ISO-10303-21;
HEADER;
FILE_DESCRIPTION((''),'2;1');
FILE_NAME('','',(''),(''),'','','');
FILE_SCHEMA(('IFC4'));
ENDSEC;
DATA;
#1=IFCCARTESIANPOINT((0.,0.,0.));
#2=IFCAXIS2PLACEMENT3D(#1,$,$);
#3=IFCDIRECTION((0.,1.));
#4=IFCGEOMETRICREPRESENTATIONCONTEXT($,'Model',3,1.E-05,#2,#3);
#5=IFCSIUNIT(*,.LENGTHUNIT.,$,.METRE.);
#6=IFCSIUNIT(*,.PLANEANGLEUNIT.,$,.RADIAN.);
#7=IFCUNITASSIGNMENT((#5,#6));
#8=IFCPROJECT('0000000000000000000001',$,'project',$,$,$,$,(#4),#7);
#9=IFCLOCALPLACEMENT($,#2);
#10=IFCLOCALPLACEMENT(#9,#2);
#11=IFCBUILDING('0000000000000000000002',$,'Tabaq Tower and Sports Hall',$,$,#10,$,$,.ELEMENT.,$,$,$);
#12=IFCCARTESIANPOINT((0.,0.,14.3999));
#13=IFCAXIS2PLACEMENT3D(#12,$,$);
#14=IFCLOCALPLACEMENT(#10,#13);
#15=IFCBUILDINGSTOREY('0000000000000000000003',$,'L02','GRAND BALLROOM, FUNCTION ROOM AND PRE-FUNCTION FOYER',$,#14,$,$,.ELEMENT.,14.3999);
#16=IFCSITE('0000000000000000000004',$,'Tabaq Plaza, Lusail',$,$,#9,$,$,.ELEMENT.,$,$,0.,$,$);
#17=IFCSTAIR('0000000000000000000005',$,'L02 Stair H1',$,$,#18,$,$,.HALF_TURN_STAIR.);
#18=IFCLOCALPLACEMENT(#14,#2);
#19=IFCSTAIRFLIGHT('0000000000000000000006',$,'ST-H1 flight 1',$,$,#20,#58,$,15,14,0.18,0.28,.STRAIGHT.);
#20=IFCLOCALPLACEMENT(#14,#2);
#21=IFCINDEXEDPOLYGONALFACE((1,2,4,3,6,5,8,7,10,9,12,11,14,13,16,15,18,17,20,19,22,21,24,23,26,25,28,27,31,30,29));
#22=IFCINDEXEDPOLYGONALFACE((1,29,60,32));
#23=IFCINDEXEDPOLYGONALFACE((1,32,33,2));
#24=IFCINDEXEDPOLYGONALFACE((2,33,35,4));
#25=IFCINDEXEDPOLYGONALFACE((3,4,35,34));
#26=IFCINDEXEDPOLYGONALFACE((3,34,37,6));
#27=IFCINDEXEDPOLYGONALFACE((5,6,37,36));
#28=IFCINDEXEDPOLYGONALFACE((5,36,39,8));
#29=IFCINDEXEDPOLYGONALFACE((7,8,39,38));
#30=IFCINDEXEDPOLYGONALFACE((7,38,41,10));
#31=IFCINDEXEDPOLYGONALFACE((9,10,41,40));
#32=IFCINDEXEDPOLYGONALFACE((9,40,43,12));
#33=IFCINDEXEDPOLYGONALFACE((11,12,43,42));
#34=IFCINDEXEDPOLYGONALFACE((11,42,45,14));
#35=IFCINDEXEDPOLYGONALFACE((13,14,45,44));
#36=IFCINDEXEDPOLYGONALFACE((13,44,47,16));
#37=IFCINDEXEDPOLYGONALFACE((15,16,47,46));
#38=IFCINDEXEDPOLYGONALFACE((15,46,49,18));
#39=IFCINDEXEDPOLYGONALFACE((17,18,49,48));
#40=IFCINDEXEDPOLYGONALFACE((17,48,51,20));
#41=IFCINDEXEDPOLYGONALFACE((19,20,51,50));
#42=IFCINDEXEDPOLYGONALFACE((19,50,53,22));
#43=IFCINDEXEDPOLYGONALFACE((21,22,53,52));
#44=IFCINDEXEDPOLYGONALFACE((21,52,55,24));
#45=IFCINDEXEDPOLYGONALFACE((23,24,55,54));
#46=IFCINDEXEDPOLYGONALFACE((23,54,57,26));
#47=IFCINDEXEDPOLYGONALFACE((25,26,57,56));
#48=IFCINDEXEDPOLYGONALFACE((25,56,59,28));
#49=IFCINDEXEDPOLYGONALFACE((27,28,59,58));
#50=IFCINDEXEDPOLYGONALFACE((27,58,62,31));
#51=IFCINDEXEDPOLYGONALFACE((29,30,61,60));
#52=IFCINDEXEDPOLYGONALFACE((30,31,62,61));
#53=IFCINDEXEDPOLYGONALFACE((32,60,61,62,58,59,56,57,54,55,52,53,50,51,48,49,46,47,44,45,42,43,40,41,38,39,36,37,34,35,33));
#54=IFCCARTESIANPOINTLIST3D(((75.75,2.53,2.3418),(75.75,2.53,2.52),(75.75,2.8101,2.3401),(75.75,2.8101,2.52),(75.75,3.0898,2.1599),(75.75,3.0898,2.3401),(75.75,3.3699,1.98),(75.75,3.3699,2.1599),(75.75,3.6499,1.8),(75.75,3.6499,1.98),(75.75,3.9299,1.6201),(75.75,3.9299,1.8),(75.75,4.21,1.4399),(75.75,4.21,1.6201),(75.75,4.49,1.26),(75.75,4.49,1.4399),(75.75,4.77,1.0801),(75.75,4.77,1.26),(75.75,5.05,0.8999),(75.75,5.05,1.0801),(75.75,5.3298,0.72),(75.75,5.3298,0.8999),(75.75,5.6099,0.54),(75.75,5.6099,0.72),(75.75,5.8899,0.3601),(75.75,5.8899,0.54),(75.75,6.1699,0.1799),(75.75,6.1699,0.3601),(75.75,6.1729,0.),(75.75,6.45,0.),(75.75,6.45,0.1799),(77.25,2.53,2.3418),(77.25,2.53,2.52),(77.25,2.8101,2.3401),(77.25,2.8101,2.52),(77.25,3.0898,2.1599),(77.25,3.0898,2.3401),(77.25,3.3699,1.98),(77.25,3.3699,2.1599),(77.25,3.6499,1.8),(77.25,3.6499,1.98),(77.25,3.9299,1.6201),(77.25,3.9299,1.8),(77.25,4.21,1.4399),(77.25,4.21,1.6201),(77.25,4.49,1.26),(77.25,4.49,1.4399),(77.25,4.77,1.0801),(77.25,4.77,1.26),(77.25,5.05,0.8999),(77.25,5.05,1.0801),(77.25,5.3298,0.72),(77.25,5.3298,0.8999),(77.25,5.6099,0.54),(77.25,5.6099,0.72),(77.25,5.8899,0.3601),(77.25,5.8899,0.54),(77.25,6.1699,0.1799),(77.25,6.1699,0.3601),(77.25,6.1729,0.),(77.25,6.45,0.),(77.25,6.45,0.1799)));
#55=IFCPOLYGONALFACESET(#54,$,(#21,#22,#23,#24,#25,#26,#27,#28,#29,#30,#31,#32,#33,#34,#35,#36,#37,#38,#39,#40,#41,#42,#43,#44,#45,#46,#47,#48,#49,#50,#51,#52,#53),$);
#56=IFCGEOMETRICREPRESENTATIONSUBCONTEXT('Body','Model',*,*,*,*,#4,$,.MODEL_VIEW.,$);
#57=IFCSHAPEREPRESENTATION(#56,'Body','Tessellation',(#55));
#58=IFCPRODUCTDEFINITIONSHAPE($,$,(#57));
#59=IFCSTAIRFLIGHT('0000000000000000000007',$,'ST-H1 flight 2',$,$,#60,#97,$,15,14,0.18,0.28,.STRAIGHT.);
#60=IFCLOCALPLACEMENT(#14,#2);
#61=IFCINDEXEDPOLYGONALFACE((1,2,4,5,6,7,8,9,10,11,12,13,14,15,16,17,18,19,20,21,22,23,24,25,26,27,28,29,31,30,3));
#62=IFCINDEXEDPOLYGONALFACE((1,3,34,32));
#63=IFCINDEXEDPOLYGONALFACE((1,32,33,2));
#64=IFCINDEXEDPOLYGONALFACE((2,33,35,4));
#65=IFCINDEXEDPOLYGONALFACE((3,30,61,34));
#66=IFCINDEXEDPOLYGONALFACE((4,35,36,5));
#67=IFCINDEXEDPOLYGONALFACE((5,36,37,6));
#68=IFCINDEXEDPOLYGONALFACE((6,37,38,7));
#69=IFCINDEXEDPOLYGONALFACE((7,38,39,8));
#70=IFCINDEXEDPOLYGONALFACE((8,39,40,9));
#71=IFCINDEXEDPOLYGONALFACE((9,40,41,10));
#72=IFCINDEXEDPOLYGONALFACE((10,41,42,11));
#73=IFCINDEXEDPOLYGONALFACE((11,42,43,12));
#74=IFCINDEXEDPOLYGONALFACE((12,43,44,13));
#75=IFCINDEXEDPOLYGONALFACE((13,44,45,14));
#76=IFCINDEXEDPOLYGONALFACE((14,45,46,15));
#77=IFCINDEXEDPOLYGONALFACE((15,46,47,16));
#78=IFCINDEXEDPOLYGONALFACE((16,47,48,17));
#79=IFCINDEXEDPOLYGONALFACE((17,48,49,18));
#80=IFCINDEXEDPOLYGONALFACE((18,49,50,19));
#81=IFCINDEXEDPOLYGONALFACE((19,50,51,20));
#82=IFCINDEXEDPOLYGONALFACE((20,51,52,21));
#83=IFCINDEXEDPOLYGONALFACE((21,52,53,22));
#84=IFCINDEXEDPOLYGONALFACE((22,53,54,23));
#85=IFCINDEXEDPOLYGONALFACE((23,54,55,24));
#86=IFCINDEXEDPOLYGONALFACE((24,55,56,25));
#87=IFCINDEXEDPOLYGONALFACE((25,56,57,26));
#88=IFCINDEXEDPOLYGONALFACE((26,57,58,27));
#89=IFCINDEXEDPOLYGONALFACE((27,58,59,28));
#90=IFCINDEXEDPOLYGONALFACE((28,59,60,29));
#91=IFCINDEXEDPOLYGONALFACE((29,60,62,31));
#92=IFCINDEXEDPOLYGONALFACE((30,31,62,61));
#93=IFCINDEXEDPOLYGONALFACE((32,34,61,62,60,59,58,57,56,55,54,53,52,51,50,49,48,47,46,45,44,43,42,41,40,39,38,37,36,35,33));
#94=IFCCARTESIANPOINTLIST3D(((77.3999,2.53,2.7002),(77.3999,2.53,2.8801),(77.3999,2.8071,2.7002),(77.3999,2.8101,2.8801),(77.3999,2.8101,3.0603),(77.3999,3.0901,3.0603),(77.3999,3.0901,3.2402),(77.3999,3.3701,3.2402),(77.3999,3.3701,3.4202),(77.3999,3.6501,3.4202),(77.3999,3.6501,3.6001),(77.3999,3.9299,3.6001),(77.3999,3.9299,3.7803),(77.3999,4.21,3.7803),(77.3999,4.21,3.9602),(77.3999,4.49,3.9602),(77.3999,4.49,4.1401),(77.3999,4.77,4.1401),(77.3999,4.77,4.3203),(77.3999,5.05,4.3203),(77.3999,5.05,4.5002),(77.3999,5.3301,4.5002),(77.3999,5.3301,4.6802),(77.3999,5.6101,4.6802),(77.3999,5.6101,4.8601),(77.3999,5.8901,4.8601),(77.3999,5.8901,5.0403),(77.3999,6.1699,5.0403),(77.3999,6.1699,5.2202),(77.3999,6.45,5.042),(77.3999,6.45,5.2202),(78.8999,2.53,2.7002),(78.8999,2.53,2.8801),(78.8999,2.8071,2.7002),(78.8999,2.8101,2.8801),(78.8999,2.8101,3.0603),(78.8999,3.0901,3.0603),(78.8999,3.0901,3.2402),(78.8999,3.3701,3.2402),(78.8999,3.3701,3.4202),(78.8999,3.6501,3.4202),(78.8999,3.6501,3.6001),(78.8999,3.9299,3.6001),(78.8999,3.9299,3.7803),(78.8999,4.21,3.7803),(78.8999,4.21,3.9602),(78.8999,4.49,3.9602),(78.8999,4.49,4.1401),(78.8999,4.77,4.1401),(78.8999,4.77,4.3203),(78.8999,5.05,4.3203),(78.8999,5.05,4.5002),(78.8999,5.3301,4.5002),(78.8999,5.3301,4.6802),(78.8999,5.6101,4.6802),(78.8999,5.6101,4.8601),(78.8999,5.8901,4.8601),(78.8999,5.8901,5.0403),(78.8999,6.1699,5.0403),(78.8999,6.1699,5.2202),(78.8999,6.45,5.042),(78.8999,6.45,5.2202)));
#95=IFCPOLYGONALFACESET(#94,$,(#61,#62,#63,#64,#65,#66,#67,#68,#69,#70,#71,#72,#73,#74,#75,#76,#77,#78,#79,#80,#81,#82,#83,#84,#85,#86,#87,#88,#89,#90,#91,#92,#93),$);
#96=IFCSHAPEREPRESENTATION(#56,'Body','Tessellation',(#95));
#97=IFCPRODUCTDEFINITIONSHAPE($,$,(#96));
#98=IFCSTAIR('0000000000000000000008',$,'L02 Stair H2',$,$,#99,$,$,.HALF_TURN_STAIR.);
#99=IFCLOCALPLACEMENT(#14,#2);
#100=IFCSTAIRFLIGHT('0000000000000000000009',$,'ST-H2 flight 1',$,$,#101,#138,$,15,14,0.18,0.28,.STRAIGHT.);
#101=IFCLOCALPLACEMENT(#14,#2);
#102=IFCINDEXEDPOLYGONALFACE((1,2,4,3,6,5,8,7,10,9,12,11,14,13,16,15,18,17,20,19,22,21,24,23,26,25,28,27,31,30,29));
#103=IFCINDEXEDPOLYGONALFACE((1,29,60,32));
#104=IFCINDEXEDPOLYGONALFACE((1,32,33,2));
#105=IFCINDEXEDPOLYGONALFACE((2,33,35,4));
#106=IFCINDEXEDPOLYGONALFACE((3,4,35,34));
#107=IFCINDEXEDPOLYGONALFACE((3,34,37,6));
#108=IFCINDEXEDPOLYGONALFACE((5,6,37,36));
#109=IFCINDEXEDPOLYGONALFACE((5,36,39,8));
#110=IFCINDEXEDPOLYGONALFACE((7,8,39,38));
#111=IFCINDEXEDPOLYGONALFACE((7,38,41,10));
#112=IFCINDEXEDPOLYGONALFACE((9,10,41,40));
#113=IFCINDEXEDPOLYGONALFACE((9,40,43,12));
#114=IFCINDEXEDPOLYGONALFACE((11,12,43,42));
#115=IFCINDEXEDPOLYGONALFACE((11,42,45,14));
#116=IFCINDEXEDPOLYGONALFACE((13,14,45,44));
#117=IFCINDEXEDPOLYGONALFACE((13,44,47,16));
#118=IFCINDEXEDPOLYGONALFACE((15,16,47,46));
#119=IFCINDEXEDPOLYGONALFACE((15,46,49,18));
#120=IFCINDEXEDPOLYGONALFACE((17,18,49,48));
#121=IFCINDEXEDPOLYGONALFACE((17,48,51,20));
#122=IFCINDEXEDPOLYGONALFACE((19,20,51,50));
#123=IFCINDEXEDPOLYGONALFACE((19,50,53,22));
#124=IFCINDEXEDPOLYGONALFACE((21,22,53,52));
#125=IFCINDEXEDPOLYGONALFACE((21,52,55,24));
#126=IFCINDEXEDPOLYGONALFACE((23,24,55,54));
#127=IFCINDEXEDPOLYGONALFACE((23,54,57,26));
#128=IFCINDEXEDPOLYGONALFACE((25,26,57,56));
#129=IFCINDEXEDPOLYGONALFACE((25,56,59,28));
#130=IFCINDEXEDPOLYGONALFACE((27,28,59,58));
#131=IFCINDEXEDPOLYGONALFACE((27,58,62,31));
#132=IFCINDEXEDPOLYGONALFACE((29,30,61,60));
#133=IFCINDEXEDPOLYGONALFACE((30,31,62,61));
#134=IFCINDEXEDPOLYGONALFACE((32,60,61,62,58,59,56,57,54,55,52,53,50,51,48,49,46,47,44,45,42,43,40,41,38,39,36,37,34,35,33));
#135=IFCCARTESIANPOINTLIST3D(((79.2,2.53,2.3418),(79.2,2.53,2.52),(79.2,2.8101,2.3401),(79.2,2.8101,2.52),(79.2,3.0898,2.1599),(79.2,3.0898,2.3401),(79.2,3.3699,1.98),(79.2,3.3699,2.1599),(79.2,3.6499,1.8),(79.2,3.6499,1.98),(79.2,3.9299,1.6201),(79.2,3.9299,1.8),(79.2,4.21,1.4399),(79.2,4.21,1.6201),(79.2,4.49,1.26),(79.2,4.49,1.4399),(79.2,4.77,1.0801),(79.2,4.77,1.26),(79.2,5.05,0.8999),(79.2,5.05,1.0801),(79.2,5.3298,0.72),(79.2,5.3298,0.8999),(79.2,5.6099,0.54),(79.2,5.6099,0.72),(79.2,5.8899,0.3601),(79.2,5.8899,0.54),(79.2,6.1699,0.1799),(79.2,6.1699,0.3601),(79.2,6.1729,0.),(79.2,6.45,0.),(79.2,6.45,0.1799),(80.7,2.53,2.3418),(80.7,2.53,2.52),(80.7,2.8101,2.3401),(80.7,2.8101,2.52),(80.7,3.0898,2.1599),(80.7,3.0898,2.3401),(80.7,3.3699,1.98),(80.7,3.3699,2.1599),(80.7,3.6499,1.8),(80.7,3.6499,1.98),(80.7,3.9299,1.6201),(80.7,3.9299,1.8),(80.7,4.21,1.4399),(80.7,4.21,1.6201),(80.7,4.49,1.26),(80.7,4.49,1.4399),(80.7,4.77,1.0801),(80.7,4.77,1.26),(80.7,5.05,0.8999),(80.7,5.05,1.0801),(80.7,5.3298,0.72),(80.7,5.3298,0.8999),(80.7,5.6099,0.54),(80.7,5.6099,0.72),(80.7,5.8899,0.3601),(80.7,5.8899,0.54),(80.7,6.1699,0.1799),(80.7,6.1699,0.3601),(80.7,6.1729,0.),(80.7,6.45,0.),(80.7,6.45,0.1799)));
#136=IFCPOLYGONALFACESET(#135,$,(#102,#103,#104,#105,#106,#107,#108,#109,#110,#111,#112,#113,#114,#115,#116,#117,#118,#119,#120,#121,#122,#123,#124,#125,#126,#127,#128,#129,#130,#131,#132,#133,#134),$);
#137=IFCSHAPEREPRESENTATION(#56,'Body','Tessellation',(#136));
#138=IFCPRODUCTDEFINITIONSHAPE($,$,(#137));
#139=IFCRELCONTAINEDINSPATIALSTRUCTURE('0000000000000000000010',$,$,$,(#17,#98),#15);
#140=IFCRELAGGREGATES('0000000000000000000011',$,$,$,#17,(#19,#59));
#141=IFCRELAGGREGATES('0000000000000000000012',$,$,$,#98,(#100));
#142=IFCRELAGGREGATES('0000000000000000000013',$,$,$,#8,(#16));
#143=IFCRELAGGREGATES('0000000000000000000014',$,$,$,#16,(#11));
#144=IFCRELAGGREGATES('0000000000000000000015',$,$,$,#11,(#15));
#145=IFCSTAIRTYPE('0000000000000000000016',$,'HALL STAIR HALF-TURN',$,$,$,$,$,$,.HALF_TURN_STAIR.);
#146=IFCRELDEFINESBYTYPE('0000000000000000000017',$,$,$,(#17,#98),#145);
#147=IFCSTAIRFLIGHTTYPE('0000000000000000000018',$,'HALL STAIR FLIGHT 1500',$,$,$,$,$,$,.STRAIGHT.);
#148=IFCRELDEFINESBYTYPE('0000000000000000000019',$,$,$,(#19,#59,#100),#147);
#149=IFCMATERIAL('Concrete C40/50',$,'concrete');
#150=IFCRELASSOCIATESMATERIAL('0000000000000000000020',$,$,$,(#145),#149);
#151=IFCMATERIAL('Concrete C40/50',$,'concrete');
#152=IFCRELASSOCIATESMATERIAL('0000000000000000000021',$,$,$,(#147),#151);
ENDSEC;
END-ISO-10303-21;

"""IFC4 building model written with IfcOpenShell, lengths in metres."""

from ifc_helpers import new_model, si_unit, direction, frame, origin, place, context, subcontext, project, spatial, polyline, outline, extrude, material, type_object, element, aggregate, save


model = new_model("IFC4")

# Units and contexts
model_context = context("Model", 3, precision=1e-05, world=origin(), true_north=direction((0.0, 1.0)))
body_context = subcontext(model_context, "Body", "Model", "MODEL_VIEW")
ifc_project = project(units=[si_unit("LENGTHUNIT", "METRE"), si_unit("PLANEANGLEUNIT", "RADIAN")], contexts=[model_context])

# Site, building, storey
site_placement = place(None, origin())
site = spatial("IfcSite", under=ifc_project, at=site_placement, Name="Tabaq Plaza, Lusail", CompositionType="ELEMENT", RefElevation=0.0)
building_placement = place(site_placement, origin())
building = spatial("IfcBuilding", under=site, at=building_placement, Name="Tabaq Tower and Sports Hall", CompositionType="ELEMENT")
storey_placement = place(building_placement, frame((0.0, 0.0, 14.3999)))
storey = spatial("IfcBuildingStorey", under=building, at=storey_placement, Name="L02", Description="GRAND BALLROOM, FUNCTION ROOM AND PRE-FUNCTION FOYER", CompositionType="ELEMENT", Elevation=14.3999)

# Stair, stair flights
ifc_material_1 = material(Name="Concrete C40/50", Category="concrete")
stair_type = type_object("IfcStairType", Name="HALL STAIR HALF-TURN", PredefinedType="HALF_TURN_STAIR", material=ifc_material_1)
stair_1_placement = place(storey_placement, origin())
stair_1 = element("IfcStair", 1, at=stair_1_placement, inside=storey, type_object=stair_type, Name="L02 Stair H1", PredefinedType="HALF_TURN_STAIR")
ifc_material_2 = material(Name="Concrete C40/50", Category="concrete")
stair_flight_type = type_object("IfcStairFlightType", Name="HALL STAIR FLIGHT 1500", PredefinedType="STRAIGHT", material=ifc_material_2)
stair_flight_1_placement = place(storey_placement, frame((76.5, 6.45, 0.0), z_axis=(0.0, 0.0, 1.0), x_axis=(0.0, -1.0, 0.0)))
stair_flight_1 = element("IfcStairFlight", 2, at=stair_flight_1_placement, type_object=stair_flight_type, Name="ST-H1 flight 1", NumberOfRisers=15, NumberOfTreads=14, PredefinedType="STRAIGHT", RiserHeight=0.18, TreadLength=0.28, context=body_context, shape_type="SweptSolid", body=[
    extrude(outline(polyline([(0.0, 0.0), (0.0, 0.1799), (0.28, 0.1799), (0.28, 0.3601), (0.5601, 0.3601), (0.5601, 0.54), (0.8401, 0.54), (0.8401, 0.72), (1.1201, 0.72), (1.1201, 0.8999), (1.3999, 0.8999), (1.3999, 1.0801), (1.6799, 1.0801), (1.6799, 1.26), (1.96, 1.26), (1.96, 1.4399), (2.24, 1.4399), (2.24, 1.6201), (2.52, 1.6201), (2.52, 1.8), (2.8, 1.8), (2.8, 1.98), (3.0801, 1.98), (3.0801, 2.1599), (3.3601, 2.1599), (3.3601, 2.3401), (3.6399, 2.3401), (3.6399, 2.52), (3.9199, 2.52), (3.9199, 2.7), (3.9199, 2.3418), (0.2771, 0.0), (0.0, 0.0)])), frame((0.0, 0.75, 0.0), z_axis=(0.0, -1.0, 0.0), x_axis=(1.0, 0.0, 0.0)), (0.0, 0.0, 1.0), 1.5),
])
stair_flight_2_placement = place(storey_placement, frame((78.1499, 2.53, 2.7002), z_axis=(0.0, 0.0, 1.0), x_axis=(0.0, 1.0, 0.0)))
stair_flight_2 = element("IfcStairFlight", 3, at=stair_flight_2_placement, type_object=stair_flight_type, Name="ST-H1 flight 2", NumberOfRisers=15, NumberOfTreads=14, PredefinedType="STRAIGHT", RiserHeight=0.18, TreadLength=0.28, context=body_context, shape_type="SweptSolid", body=[
    extrude(outline(polyline([(0.0, 0.0), (0.0, 0.1799), (0.28, 0.1799), (0.28, 0.3601), (0.5601, 0.3601), (0.5601, 0.54), (0.8401, 0.54), (0.8401, 0.72), (1.1201, 0.72), (1.1201, 0.8999), (1.3999, 0.8999), (1.3999, 1.0801), (1.6799, 1.0801), (1.6799, 1.26), (1.96, 1.26), (1.96, 1.4399), (2.24, 1.4399), (2.24, 1.6201), (2.52, 1.6201), (2.52, 1.8), (2.8, 1.8), (2.8, 1.98), (3.0801, 1.98), (3.0801, 2.1599), (3.3601, 2.1599), (3.3601, 2.3401), (3.6399, 2.3401), (3.6399, 2.52), (3.9199, 2.52), (3.9199, 2.7), (3.9199, 2.3418), (0.2771, 0.0), (0.0, 0.0)])), frame((0.0, 0.75, 0.0), z_axis=(0.0, -1.0, 0.0), x_axis=(1.0, 0.0, 0.0)), (0.0, 0.0, 1.0), 1.5),
])
aggregate(stair_1, [stair_flight_1, stair_flight_2])

# Stair, stair flight
stair_2_placement = place(storey_placement, origin())
stair_2 = element("IfcStair", 4, at=stair_2_placement, inside=storey, type_object=stair_type, Name="L02 Stair H2", PredefinedType="HALF_TURN_STAIR")
stair_flight_3_placement = place(storey_placement, frame((79.95, 6.45, 0.0), z_axis=(0.0, 0.0, 1.0), x_axis=(0.0, -1.0, 0.0)))
stair_flight_3 = element("IfcStairFlight", 5, at=stair_flight_3_placement, type_object=stair_flight_type, Name="ST-H2 flight 1", NumberOfRisers=15, NumberOfTreads=14, PredefinedType="STRAIGHT", RiserHeight=0.18, TreadLength=0.28, context=body_context, shape_type="SweptSolid", body=[
    extrude(outline(polyline([(0.0, 0.0), (0.0, 0.1799), (0.28, 0.1799), (0.28, 0.3601), (0.5601, 0.3601), (0.5601, 0.54), (0.8401, 0.54), (0.8401, 0.72), (1.1201, 0.72), (1.1201, 0.8999), (1.3999, 0.8999), (1.3999, 1.0801), (1.6799, 1.0801), (1.6799, 1.26), (1.96, 1.26), (1.96, 1.4399), (2.24, 1.4399), (2.24, 1.6201), (2.52, 1.6201), (2.52, 1.8), (2.8, 1.8), (2.8, 1.98), (3.0801, 1.98), (3.0801, 2.1599), (3.3601, 2.1599), (3.3601, 2.3401), (3.6399, 2.3401), (3.6399, 2.52), (3.9199, 2.52), (3.9199, 2.7), (3.9199, 2.3418), (0.2771, 0.0), (0.0, 0.0)])), frame((0.0, 0.75, 0.0), z_axis=(0.0, -1.0, 0.0), x_axis=(1.0, 0.0, 0.0)), (0.0, 0.0, 1.0), 1.5),
])
aggregate(stair_2, [stair_flight_3])

save(model, "model.ifc")
